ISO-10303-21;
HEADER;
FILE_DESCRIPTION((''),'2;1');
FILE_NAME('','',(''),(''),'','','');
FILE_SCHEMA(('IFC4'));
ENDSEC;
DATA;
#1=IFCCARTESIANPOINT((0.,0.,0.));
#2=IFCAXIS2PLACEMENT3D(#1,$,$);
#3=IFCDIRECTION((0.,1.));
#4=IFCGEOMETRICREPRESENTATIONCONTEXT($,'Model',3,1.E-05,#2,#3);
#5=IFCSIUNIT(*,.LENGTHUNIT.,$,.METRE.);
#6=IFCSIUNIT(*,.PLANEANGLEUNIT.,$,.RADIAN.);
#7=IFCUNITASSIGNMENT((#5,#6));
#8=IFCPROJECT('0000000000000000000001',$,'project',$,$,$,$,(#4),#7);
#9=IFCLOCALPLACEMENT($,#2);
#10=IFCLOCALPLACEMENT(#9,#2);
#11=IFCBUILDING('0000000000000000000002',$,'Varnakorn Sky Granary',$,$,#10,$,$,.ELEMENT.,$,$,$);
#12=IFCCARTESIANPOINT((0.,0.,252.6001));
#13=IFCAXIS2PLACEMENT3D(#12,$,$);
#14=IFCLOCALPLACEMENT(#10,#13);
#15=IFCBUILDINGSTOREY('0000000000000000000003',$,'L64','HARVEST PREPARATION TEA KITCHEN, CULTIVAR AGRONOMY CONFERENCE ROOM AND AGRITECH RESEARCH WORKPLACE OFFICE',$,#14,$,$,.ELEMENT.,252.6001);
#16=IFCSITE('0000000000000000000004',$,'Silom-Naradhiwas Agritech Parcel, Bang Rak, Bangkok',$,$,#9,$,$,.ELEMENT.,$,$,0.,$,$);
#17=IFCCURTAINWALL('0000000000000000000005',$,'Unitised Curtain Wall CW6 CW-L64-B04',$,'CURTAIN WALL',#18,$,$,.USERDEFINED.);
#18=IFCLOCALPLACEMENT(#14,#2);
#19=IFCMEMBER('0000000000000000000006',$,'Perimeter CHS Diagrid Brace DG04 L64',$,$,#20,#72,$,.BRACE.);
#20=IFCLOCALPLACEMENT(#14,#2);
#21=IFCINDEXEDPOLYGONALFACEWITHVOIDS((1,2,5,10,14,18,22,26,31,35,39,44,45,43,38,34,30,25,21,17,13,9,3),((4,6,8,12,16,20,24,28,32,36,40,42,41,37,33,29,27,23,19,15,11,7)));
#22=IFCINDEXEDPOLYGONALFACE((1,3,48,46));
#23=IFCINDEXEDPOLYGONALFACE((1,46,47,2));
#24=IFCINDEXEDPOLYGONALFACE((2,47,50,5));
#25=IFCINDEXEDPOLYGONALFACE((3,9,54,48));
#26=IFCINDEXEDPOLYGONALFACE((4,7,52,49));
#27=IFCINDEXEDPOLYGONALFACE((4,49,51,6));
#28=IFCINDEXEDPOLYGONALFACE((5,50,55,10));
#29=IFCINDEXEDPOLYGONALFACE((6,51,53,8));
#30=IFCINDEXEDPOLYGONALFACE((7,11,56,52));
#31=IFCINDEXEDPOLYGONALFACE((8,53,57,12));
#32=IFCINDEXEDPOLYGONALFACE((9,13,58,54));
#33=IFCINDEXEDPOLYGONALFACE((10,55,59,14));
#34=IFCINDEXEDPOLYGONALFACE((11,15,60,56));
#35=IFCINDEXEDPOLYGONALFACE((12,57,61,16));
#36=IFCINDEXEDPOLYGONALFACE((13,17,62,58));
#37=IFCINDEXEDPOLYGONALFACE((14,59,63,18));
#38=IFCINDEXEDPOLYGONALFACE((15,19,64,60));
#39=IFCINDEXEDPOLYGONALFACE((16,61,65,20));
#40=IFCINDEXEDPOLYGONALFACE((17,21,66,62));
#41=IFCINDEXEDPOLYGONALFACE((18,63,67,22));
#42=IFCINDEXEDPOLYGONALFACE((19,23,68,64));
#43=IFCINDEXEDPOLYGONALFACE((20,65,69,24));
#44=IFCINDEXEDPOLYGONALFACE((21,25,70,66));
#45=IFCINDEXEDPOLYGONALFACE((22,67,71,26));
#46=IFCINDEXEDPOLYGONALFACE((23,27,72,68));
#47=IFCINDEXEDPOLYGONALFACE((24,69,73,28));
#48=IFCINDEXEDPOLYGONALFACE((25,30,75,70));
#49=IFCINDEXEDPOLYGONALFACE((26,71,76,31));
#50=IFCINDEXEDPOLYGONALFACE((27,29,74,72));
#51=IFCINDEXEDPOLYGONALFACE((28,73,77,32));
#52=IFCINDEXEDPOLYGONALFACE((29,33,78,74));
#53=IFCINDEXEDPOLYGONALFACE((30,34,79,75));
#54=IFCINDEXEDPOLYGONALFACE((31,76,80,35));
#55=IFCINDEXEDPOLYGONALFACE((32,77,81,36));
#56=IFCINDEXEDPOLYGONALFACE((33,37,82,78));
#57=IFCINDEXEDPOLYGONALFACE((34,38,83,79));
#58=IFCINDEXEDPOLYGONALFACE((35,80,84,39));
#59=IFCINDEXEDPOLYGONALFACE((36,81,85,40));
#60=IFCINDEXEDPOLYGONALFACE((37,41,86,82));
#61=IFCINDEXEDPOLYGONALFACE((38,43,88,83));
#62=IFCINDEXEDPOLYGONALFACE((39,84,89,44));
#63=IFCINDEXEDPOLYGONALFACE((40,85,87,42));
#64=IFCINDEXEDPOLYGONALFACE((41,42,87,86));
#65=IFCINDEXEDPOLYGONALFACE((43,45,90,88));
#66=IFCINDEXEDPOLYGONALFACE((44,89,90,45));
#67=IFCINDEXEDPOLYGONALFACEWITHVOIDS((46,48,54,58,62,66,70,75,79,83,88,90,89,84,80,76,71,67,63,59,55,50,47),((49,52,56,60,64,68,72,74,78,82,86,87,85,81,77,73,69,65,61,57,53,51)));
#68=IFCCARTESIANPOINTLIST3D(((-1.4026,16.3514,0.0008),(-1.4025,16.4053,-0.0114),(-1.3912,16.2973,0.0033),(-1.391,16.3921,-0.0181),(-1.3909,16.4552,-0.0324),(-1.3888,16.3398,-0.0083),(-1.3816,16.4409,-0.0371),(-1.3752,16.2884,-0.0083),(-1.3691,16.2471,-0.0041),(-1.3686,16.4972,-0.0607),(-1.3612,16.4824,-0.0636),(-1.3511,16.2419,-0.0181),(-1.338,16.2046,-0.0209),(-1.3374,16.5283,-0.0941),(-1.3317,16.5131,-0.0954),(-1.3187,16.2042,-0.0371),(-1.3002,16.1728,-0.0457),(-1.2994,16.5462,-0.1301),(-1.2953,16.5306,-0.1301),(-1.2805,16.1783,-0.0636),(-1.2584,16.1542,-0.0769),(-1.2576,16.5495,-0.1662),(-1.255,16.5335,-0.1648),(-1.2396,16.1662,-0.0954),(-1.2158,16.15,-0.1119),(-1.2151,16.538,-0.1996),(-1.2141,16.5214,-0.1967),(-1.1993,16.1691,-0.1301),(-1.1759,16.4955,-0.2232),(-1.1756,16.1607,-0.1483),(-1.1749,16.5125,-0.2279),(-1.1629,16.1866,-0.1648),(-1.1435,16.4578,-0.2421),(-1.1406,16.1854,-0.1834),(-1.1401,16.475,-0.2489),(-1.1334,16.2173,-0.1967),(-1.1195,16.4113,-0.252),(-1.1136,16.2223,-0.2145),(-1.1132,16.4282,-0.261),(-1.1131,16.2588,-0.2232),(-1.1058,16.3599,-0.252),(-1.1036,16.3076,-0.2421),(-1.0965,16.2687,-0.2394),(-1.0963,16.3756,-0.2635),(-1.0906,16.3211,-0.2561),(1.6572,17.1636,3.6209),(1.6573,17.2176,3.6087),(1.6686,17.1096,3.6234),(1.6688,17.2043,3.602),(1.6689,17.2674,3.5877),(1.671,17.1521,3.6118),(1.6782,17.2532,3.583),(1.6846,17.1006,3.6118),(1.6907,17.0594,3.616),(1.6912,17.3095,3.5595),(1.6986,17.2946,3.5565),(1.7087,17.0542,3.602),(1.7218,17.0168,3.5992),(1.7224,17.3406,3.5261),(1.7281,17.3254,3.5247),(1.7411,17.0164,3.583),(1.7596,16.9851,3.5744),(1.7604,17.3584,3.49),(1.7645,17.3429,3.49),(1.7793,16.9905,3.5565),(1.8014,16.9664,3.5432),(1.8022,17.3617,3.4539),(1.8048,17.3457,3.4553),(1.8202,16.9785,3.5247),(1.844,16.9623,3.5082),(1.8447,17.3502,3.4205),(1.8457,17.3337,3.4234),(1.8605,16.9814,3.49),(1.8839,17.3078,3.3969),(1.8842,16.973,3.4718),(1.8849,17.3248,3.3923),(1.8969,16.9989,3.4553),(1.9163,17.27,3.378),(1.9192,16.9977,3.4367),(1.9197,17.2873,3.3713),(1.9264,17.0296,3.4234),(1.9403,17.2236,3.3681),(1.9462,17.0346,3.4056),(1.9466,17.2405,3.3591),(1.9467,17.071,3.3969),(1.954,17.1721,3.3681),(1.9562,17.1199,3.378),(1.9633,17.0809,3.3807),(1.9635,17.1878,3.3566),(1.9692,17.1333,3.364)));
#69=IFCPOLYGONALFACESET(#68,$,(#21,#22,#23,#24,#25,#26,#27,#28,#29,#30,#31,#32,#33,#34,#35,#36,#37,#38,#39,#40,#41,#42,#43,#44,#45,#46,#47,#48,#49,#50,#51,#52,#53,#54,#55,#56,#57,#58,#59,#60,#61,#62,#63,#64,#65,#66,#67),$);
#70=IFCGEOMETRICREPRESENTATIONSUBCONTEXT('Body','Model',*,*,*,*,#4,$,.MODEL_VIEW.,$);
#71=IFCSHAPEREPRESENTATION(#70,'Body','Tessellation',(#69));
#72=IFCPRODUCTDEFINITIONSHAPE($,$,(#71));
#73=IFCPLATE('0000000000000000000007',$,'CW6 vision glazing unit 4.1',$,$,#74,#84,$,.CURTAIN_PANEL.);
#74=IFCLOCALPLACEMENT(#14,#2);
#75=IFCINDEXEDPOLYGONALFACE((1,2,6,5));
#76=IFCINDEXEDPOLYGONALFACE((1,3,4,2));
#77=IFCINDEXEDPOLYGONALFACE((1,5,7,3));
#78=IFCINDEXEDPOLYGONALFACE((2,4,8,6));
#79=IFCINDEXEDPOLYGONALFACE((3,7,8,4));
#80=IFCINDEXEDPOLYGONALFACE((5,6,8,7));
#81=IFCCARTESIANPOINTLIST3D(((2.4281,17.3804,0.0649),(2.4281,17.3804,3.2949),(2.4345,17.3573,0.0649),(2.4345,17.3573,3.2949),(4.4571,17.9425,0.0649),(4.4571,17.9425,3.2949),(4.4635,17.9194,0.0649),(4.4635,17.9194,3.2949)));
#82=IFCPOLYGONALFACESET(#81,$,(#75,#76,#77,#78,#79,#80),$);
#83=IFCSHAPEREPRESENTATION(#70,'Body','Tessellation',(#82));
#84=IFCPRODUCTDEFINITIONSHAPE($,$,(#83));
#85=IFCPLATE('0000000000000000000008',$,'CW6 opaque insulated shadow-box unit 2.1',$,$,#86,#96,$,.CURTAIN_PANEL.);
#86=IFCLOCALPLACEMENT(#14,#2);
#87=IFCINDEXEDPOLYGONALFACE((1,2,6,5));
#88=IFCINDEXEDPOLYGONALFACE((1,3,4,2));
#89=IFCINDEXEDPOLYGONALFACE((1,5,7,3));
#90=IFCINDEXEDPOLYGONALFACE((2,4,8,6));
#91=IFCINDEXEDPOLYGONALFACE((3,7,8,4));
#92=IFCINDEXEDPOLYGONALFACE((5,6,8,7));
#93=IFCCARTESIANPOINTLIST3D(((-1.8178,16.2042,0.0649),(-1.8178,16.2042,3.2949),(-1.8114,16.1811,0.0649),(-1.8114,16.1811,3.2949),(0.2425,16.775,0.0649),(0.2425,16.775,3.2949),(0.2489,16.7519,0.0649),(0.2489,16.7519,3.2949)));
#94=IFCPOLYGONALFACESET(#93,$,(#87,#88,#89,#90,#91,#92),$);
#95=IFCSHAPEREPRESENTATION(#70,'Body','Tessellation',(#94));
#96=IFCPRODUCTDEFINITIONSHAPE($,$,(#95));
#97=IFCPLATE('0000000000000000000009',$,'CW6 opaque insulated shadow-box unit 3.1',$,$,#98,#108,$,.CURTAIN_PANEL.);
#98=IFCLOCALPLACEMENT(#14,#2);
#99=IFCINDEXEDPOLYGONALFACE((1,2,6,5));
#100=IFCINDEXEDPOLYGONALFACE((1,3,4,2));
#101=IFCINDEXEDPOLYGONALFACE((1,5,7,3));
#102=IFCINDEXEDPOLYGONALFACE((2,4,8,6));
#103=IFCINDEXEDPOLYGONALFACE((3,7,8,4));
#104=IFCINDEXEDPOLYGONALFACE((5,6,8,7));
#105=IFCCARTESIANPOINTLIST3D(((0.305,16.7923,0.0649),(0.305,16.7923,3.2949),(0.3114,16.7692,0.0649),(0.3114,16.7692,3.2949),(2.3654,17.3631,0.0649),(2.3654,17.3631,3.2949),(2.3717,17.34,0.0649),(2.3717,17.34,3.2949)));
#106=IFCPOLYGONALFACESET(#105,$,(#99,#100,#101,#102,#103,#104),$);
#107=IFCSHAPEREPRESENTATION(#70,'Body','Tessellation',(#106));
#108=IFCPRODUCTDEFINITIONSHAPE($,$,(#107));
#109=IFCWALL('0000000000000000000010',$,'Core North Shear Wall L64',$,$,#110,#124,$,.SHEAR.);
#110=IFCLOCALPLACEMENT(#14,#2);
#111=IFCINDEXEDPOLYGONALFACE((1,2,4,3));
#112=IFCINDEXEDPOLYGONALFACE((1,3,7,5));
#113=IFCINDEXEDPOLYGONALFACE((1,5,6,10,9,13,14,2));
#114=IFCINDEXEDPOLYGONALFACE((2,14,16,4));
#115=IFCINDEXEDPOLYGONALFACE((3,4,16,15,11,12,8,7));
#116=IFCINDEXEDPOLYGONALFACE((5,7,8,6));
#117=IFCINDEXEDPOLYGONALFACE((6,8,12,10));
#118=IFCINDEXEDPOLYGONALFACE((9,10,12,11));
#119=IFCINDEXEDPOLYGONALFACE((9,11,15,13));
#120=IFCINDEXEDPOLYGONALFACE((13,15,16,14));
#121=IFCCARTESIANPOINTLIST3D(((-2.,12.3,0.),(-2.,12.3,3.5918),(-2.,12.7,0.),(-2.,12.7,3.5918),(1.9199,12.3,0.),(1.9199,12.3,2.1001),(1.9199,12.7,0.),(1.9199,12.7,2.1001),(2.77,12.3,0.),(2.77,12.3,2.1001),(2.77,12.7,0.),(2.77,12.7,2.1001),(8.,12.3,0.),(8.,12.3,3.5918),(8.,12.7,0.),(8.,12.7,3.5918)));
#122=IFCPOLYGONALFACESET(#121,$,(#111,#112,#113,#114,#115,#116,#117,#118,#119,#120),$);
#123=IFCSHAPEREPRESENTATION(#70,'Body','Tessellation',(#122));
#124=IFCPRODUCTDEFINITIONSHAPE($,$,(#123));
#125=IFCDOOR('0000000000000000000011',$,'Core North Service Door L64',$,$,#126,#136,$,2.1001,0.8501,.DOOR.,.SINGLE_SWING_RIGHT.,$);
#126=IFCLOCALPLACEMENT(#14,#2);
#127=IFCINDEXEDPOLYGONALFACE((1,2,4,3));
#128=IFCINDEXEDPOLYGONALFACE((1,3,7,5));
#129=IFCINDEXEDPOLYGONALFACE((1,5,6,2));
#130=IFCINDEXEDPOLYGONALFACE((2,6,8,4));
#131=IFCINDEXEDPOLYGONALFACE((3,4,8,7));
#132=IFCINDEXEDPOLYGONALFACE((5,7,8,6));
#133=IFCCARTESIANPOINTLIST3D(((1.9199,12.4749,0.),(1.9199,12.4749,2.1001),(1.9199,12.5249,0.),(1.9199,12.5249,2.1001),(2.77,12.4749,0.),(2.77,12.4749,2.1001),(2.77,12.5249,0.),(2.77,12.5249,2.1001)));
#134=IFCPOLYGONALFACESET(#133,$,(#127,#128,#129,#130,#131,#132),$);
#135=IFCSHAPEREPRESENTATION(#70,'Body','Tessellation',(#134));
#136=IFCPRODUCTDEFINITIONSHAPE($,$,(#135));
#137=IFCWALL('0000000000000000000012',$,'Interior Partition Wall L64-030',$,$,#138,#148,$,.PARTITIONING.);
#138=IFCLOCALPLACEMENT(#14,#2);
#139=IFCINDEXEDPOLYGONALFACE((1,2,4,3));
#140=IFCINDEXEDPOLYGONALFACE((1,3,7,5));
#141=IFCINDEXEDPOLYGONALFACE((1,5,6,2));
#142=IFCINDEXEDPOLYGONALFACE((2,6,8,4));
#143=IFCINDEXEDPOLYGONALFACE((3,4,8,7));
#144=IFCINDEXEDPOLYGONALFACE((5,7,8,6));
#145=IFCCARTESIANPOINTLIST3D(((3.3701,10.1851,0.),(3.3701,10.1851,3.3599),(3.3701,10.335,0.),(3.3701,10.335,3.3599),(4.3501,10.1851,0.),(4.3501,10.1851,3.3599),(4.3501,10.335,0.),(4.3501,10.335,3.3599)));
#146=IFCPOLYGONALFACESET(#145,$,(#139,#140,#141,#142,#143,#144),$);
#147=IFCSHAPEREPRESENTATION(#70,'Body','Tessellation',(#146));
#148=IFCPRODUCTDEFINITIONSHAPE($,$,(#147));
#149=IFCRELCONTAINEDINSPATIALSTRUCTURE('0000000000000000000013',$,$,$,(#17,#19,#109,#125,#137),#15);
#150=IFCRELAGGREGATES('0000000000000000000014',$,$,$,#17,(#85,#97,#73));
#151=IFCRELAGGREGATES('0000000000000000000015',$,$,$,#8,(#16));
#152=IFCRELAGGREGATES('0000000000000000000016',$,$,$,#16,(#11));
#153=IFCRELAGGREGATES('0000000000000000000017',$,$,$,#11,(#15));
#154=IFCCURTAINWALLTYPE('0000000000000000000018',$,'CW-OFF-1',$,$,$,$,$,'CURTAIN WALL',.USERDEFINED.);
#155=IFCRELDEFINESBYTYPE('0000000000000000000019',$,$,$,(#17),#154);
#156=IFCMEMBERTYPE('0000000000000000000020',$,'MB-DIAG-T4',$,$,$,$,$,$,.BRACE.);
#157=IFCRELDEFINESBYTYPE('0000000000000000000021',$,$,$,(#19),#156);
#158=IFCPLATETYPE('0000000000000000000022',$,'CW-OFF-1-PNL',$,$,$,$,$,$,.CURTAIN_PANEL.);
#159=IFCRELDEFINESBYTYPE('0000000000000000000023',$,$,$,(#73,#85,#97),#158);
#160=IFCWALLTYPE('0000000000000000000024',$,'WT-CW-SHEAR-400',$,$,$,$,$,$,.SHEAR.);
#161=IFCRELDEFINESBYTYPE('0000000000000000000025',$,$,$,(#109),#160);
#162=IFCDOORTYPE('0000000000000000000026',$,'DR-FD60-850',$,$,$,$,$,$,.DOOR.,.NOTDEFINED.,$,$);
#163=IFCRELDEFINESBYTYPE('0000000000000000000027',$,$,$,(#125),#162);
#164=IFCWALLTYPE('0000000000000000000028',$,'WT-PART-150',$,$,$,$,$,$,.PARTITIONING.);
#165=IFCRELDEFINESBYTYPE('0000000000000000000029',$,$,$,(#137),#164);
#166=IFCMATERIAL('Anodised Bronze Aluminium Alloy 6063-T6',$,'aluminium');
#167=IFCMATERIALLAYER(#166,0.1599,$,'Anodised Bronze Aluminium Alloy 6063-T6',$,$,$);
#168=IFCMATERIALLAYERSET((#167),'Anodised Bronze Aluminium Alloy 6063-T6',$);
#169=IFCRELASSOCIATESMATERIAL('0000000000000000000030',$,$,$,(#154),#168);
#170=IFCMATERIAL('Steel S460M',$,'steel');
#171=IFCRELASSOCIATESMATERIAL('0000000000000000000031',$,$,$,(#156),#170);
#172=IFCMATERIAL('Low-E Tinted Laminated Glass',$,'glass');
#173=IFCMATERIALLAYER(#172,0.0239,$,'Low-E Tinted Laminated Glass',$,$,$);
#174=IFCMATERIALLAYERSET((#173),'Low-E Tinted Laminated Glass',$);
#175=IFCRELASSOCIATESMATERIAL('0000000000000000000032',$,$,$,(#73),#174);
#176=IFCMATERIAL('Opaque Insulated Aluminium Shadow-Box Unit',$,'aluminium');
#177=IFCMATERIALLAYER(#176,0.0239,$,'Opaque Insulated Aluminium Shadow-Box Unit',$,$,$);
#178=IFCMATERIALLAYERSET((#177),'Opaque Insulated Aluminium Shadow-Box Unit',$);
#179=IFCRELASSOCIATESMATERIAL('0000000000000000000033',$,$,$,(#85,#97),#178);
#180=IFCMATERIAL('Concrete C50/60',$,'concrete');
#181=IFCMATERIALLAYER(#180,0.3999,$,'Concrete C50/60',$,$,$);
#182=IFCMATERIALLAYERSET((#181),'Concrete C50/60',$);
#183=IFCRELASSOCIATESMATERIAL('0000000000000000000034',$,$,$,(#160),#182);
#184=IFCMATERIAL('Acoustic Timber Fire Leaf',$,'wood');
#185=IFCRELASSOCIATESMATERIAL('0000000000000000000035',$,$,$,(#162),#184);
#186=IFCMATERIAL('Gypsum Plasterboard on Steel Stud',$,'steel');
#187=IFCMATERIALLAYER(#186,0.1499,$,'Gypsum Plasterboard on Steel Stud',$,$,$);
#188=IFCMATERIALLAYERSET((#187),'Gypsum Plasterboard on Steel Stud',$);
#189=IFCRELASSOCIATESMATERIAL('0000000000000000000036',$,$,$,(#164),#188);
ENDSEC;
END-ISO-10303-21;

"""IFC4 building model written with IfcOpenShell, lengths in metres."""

from ifc_helpers import new_model, si_unit, direction, frame, frame_2d, origin, origin_2d, place, context, subcontext, project, spatial, rectangle, hollow_circle, extrude, source, transform, mapped, material, layer, layer_set, material_profile, profile_set, type_object, type_shapes, element, fill, aggregate, save


model = new_model("IFC4")

# Units and contexts
model_context = context("Model", 3, precision=1e-05, world=origin(), true_north=direction((0.0, 1.0)))
body_context = subcontext(model_context, "Body", "Model", "MODEL_VIEW")
ifc_project = project(units=[si_unit("LENGTHUNIT", "METRE"), si_unit("PLANEANGLEUNIT", "RADIAN")], contexts=[model_context])

# Site, building, storey
site_placement = place(None, origin())
site = spatial("IfcSite", under=ifc_project, at=site_placement, Name="Silom-Naradhiwas Agritech Parcel, Bang Rak, Bangkok", CompositionType="ELEMENT", RefElevation=0.0)
building_placement = place(site_placement, origin())
building = spatial("IfcBuilding", under=site, at=building_placement, Name="Varnakorn Sky Granary", CompositionType="ELEMENT")
storey_placement = place(building_placement, frame((0.0, 0.0, 252.6001)))
storey = spatial("IfcBuildingStorey", under=building, at=storey_placement, Name="L64", Description="HARVEST PREPARATION TEA KITCHEN, CULTIVAR AGRONOMY CONFERENCE ROOM AND AGRITECH RESEARCH WORKPLACE OFFICE", CompositionType="ELEMENT", Elevation=252.6001)

# Curtain wall
ifc_material_1 = material(Name="Anodised Bronze Aluminium Alloy 6063-T6", Category="aluminium")
ifc_layer_1 = layer(ifc_material_1, 0.1599, Name="Anodised Bronze Aluminium Alloy 6063-T6")
ifc_layer_set_1 = layer_set([ifc_layer_1], Name="Anodised Bronze Aluminium Alloy 6063-T6")
curtain_wall_type = type_object("IfcCurtainWallType", Name="CW-OFF-1", ElementType="CURTAIN WALL", PredefinedType="USERDEFINED", material=ifc_layer_set_1)
curtain_wall_placement = place(storey_placement, origin())
curtain_wall = element("IfcCurtainWall", 1, at=curtain_wall_placement, inside=storey, type_object=curtain_wall_type, Name="Unitised Curtain Wall CW6 CW-L64-B04", ObjectType="CURTAIN WALL", PredefinedType="USERDEFINED")

# Member
ifc_material_2 = material(Name="Steel S460M", Category="steel")
ifc_material_profile_1 = material_profile(ifc_material_2, hollow_circle(Radius=0.2031, WallThickness=0.0161, at=origin_2d()), Name="CHS 406.4x16")
ifc_profile_set_1 = profile_set([ifc_material_profile_1], Name="Steel S460M")
member_type_1 = type_object("IfcMemberType", Name="MB-DIAG-T4", PredefinedType="BRACE", material=ifc_profile_set_1)
member_1_placement = place(storey_placement, frame((-1.2473, 16.3499, -0.1301), z_axis=(0.636255, 0.1689, 0.752763), x_axis=(-0.256573, 0.966525, 0.0)))
element("IfcMember", 2, at=member_1_placement, inside=storey, type_object=member_type_1, Name="Perimeter CHS Diagrid Brace DG04 L64", PredefinedType="BRACE", context=body_context, shape_type="SweptSolid", body=[
    extrude(hollow_circle(Radius=0.2031, WallThickness=0.0161, at=origin_2d()), origin(), (0.0, 0.0, 1.0), 4.8091),
])

# Plates
ifc_material_3 = material(Name="Low-E Tinted Laminated Glass", Category="glass")
ifc_layer_2 = layer(ifc_material_3, 0.0239, Name="Low-E Tinted Laminated Glass")
ifc_layer_set_2 = layer_set([ifc_layer_2], Name="Low-E Tinted Laminated Glass")
plate_type = type_object("IfcPlateType", Name="CW-OFF-1-PNL", PredefinedType="CURTAIN_PANEL")
shared_shape_1 = source(origin(), body_context, "Body", "SweptSolid", [
    extrude(rectangle(XDim=2.1055, YDim=0.0239, at=origin_2d()), origin(), (0.0, 0.0, 1.0), 3.23),
])
plate_1_placement = place(storey_placement, frame((3.4458, 17.6499, 0.0649), z_axis=(0.0, 0.0, 1.0), x_axis=(0.963701, 0.266982, 0.0)))
plate_1 = element("IfcPlate", 3, at=plate_1_placement, type_object=plate_type, material=ifc_layer_set_2, Name="CW6 vision glazing unit 4.1", PredefinedType="CURTAIN_PANEL", context=body_context, shape_type="MappedRepresentation", body=[
    mapped(shared_shape_1, transform((0.0, 0.0, 0.0), x_axis=(1.0, 0.0, 0.0), y_axis=(0.0, 1.0, 0.0), z_axis=(0.0, 0.0, 1.0), scale=1.0)),
])
ifc_material_4 = material(Name="Opaque Insulated Aluminium Shadow-Box Unit", Category="aluminium")
ifc_layer_3 = layer(ifc_material_4, 0.0239, Name="Opaque Insulated Aluminium Shadow-Box Unit")
ifc_layer_set_3 = layer_set([ifc_layer_3], Name="Opaque Insulated Aluminium Shadow-Box Unit")
shared_shape_2 = source(origin(), body_context, "Body", "SweptSolid", [
    extrude(rectangle(XDim=2.1379, YDim=0.0239, at=origin_2d()), origin(), (0.0, 0.0, 1.0), 3.23),
])
type_shapes(plate_type, [shared_shape_1, shared_shape_2])
plate_2_placement = place(storey_placement, frame((-0.7844, 16.478, 0.0649), z_axis=(0.0, 0.0, 1.0), x_axis=(0.963701, 0.266982, 0.0)))
plate_2 = element("IfcPlate", 4, at=plate_2_placement, type_object=plate_type, material=ifc_layer_set_3, Name="CW6 opaque insulated shadow-box unit 2.1", PredefinedType="CURTAIN_PANEL", context=body_context, shape_type="MappedRepresentation", body=[
    mapped(shared_shape_2, transform((0.0, 0.0, 0.0), x_axis=(1.0, 0.0, 0.0), y_axis=(0.0, 1.0, 0.0), z_axis=(0.0, 0.0, 1.0), scale=1.0)),
])
plate_3_placement = place(storey_placement, frame((1.3384, 17.0662, 0.0649), z_axis=(0.0, 0.0, 1.0), x_axis=(0.963701, 0.266982, 0.0)))
plate_3 = element("IfcPlate", 5, at=plate_3_placement, type_object=plate_type, material=ifc_layer_set_3, Name="CW6 opaque insulated shadow-box unit 3.1", PredefinedType="CURTAIN_PANEL", context=body_context, shape_type="MappedRepresentation", body=[
    mapped(shared_shape_2, transform((0.0, 0.0, 0.0), x_axis=(1.0, 0.0, 0.0), y_axis=(0.0, 1.0, 0.0), z_axis=(0.0, 0.0, 1.0), scale=1.0)),
])
aggregate(curtain_wall, [plate_2, plate_3, plate_1])

# Wall, opening, door
ifc_material_5 = material(Name="Concrete C50/60", Category="concrete")
ifc_layer_4 = layer(ifc_material_5, 0.3999, Name="Concrete C50/60")
ifc_layer_set_4 = layer_set([ifc_layer_4], Name="Concrete C50/60")
wall_type_1 = type_object("IfcWallType", Name="WT-CW-SHEAR-400", PredefinedType="SHEAR", material=ifc_layer_set_4)
wall_1_placement = place(storey_placement, frame((-2.0, 12.5, 0.0), z_axis=(0.0, 0.0, 1.0), x_axis=(1.0, 0.0, 0.0)))
wall_1 = element("IfcWall", 6, at=wall_1_placement, inside=storey, type_object=wall_type_1, Name="Core North Shear Wall L64", PredefinedType="SHEAR", context=body_context, shape_type="SweptSolid", body=[
    extrude(rectangle(XDim=10.0, YDim=0.3999, at=frame_2d((5.0, 0.0))), origin(), (0.0, 0.0, 1.0), 3.5918),
])
opening_1_placement = place(wall_1_placement, frame((3.9199, 0.0, 0.0)))
opening_1 = element("IfcOpeningElement", 7, at=opening_1_placement, cuts=wall_1, PredefinedType="OPENING", context=body_context, shape_type="SweptSolid", body=[
    extrude(rectangle(XDim=0.8501, YDim=2.1001, at=frame_2d((0.425, 1.05))), frame((0.0, 0.21, 0.0), z_axis=(0.0, -1.0, 0.0), x_axis=(1.0, 0.0, 0.0)), (0.0, 0.0, 1.0), 0.4199),
])
ifc_material_6 = material(Name="Acoustic Timber Fire Leaf", Category="wood")
door_type_1 = type_object("IfcDoorType", Name="DR-FD60-850", OperationType="NOTDEFINED", PredefinedType="DOOR", material=ifc_material_6)
door_1_placement = place(opening_1_placement, origin())
door_1 = element("IfcDoor", 8, at=door_1_placement, inside=storey, type_object=door_type_1, Name="Core North Service Door L64", OperationType="SINGLE_SWING_RIGHT", OverallHeight=2.1001, OverallWidth=0.8501, PredefinedType="DOOR", context=body_context, shape_type="SweptSolid", body=[
    extrude(rectangle(XDim=0.8501, YDim=2.1001, at=frame_2d((0.425, 1.05))), frame((0.0, 0.0249, 0.0), z_axis=(0.0, -1.0, 0.0), x_axis=(1.0, 0.0, 0.0)), (0.0, 0.0, 1.0), 0.05),
])
fill(opening_1, door_1)

# Wall
ifc_material_7 = material(Name="Gypsum Plasterboard on Steel Stud", Category="steel")
ifc_layer_5 = layer(ifc_material_7, 0.1499, Name="Gypsum Plasterboard on Steel Stud")
ifc_layer_set_5 = layer_set([ifc_layer_5], Name="Gypsum Plasterboard on Steel Stud")
wall_type_2 = type_object("IfcWallType", Name="WT-PART-150", PredefinedType="PARTITIONING", material=ifc_layer_set_5)
wall_2_placement = place(storey_placement, frame((3.3701, 10.26, 0.0), z_axis=(0.0, 0.0, 1.0), x_axis=(1.0, 0.0, 0.0)))
element("IfcWall", 9, at=wall_2_placement, inside=storey, type_object=wall_type_2, Name="Interior Partition Wall L64-030", PredefinedType="PARTITIONING", context=body_context, shape_type="SweptSolid", body=[
    extrude(rectangle(XDim=0.98, YDim=0.1499, at=frame_2d((0.49, 0.0))), origin(), (0.0, 0.0, 1.0), 3.3599),
])

save(model, "model.ifc")
